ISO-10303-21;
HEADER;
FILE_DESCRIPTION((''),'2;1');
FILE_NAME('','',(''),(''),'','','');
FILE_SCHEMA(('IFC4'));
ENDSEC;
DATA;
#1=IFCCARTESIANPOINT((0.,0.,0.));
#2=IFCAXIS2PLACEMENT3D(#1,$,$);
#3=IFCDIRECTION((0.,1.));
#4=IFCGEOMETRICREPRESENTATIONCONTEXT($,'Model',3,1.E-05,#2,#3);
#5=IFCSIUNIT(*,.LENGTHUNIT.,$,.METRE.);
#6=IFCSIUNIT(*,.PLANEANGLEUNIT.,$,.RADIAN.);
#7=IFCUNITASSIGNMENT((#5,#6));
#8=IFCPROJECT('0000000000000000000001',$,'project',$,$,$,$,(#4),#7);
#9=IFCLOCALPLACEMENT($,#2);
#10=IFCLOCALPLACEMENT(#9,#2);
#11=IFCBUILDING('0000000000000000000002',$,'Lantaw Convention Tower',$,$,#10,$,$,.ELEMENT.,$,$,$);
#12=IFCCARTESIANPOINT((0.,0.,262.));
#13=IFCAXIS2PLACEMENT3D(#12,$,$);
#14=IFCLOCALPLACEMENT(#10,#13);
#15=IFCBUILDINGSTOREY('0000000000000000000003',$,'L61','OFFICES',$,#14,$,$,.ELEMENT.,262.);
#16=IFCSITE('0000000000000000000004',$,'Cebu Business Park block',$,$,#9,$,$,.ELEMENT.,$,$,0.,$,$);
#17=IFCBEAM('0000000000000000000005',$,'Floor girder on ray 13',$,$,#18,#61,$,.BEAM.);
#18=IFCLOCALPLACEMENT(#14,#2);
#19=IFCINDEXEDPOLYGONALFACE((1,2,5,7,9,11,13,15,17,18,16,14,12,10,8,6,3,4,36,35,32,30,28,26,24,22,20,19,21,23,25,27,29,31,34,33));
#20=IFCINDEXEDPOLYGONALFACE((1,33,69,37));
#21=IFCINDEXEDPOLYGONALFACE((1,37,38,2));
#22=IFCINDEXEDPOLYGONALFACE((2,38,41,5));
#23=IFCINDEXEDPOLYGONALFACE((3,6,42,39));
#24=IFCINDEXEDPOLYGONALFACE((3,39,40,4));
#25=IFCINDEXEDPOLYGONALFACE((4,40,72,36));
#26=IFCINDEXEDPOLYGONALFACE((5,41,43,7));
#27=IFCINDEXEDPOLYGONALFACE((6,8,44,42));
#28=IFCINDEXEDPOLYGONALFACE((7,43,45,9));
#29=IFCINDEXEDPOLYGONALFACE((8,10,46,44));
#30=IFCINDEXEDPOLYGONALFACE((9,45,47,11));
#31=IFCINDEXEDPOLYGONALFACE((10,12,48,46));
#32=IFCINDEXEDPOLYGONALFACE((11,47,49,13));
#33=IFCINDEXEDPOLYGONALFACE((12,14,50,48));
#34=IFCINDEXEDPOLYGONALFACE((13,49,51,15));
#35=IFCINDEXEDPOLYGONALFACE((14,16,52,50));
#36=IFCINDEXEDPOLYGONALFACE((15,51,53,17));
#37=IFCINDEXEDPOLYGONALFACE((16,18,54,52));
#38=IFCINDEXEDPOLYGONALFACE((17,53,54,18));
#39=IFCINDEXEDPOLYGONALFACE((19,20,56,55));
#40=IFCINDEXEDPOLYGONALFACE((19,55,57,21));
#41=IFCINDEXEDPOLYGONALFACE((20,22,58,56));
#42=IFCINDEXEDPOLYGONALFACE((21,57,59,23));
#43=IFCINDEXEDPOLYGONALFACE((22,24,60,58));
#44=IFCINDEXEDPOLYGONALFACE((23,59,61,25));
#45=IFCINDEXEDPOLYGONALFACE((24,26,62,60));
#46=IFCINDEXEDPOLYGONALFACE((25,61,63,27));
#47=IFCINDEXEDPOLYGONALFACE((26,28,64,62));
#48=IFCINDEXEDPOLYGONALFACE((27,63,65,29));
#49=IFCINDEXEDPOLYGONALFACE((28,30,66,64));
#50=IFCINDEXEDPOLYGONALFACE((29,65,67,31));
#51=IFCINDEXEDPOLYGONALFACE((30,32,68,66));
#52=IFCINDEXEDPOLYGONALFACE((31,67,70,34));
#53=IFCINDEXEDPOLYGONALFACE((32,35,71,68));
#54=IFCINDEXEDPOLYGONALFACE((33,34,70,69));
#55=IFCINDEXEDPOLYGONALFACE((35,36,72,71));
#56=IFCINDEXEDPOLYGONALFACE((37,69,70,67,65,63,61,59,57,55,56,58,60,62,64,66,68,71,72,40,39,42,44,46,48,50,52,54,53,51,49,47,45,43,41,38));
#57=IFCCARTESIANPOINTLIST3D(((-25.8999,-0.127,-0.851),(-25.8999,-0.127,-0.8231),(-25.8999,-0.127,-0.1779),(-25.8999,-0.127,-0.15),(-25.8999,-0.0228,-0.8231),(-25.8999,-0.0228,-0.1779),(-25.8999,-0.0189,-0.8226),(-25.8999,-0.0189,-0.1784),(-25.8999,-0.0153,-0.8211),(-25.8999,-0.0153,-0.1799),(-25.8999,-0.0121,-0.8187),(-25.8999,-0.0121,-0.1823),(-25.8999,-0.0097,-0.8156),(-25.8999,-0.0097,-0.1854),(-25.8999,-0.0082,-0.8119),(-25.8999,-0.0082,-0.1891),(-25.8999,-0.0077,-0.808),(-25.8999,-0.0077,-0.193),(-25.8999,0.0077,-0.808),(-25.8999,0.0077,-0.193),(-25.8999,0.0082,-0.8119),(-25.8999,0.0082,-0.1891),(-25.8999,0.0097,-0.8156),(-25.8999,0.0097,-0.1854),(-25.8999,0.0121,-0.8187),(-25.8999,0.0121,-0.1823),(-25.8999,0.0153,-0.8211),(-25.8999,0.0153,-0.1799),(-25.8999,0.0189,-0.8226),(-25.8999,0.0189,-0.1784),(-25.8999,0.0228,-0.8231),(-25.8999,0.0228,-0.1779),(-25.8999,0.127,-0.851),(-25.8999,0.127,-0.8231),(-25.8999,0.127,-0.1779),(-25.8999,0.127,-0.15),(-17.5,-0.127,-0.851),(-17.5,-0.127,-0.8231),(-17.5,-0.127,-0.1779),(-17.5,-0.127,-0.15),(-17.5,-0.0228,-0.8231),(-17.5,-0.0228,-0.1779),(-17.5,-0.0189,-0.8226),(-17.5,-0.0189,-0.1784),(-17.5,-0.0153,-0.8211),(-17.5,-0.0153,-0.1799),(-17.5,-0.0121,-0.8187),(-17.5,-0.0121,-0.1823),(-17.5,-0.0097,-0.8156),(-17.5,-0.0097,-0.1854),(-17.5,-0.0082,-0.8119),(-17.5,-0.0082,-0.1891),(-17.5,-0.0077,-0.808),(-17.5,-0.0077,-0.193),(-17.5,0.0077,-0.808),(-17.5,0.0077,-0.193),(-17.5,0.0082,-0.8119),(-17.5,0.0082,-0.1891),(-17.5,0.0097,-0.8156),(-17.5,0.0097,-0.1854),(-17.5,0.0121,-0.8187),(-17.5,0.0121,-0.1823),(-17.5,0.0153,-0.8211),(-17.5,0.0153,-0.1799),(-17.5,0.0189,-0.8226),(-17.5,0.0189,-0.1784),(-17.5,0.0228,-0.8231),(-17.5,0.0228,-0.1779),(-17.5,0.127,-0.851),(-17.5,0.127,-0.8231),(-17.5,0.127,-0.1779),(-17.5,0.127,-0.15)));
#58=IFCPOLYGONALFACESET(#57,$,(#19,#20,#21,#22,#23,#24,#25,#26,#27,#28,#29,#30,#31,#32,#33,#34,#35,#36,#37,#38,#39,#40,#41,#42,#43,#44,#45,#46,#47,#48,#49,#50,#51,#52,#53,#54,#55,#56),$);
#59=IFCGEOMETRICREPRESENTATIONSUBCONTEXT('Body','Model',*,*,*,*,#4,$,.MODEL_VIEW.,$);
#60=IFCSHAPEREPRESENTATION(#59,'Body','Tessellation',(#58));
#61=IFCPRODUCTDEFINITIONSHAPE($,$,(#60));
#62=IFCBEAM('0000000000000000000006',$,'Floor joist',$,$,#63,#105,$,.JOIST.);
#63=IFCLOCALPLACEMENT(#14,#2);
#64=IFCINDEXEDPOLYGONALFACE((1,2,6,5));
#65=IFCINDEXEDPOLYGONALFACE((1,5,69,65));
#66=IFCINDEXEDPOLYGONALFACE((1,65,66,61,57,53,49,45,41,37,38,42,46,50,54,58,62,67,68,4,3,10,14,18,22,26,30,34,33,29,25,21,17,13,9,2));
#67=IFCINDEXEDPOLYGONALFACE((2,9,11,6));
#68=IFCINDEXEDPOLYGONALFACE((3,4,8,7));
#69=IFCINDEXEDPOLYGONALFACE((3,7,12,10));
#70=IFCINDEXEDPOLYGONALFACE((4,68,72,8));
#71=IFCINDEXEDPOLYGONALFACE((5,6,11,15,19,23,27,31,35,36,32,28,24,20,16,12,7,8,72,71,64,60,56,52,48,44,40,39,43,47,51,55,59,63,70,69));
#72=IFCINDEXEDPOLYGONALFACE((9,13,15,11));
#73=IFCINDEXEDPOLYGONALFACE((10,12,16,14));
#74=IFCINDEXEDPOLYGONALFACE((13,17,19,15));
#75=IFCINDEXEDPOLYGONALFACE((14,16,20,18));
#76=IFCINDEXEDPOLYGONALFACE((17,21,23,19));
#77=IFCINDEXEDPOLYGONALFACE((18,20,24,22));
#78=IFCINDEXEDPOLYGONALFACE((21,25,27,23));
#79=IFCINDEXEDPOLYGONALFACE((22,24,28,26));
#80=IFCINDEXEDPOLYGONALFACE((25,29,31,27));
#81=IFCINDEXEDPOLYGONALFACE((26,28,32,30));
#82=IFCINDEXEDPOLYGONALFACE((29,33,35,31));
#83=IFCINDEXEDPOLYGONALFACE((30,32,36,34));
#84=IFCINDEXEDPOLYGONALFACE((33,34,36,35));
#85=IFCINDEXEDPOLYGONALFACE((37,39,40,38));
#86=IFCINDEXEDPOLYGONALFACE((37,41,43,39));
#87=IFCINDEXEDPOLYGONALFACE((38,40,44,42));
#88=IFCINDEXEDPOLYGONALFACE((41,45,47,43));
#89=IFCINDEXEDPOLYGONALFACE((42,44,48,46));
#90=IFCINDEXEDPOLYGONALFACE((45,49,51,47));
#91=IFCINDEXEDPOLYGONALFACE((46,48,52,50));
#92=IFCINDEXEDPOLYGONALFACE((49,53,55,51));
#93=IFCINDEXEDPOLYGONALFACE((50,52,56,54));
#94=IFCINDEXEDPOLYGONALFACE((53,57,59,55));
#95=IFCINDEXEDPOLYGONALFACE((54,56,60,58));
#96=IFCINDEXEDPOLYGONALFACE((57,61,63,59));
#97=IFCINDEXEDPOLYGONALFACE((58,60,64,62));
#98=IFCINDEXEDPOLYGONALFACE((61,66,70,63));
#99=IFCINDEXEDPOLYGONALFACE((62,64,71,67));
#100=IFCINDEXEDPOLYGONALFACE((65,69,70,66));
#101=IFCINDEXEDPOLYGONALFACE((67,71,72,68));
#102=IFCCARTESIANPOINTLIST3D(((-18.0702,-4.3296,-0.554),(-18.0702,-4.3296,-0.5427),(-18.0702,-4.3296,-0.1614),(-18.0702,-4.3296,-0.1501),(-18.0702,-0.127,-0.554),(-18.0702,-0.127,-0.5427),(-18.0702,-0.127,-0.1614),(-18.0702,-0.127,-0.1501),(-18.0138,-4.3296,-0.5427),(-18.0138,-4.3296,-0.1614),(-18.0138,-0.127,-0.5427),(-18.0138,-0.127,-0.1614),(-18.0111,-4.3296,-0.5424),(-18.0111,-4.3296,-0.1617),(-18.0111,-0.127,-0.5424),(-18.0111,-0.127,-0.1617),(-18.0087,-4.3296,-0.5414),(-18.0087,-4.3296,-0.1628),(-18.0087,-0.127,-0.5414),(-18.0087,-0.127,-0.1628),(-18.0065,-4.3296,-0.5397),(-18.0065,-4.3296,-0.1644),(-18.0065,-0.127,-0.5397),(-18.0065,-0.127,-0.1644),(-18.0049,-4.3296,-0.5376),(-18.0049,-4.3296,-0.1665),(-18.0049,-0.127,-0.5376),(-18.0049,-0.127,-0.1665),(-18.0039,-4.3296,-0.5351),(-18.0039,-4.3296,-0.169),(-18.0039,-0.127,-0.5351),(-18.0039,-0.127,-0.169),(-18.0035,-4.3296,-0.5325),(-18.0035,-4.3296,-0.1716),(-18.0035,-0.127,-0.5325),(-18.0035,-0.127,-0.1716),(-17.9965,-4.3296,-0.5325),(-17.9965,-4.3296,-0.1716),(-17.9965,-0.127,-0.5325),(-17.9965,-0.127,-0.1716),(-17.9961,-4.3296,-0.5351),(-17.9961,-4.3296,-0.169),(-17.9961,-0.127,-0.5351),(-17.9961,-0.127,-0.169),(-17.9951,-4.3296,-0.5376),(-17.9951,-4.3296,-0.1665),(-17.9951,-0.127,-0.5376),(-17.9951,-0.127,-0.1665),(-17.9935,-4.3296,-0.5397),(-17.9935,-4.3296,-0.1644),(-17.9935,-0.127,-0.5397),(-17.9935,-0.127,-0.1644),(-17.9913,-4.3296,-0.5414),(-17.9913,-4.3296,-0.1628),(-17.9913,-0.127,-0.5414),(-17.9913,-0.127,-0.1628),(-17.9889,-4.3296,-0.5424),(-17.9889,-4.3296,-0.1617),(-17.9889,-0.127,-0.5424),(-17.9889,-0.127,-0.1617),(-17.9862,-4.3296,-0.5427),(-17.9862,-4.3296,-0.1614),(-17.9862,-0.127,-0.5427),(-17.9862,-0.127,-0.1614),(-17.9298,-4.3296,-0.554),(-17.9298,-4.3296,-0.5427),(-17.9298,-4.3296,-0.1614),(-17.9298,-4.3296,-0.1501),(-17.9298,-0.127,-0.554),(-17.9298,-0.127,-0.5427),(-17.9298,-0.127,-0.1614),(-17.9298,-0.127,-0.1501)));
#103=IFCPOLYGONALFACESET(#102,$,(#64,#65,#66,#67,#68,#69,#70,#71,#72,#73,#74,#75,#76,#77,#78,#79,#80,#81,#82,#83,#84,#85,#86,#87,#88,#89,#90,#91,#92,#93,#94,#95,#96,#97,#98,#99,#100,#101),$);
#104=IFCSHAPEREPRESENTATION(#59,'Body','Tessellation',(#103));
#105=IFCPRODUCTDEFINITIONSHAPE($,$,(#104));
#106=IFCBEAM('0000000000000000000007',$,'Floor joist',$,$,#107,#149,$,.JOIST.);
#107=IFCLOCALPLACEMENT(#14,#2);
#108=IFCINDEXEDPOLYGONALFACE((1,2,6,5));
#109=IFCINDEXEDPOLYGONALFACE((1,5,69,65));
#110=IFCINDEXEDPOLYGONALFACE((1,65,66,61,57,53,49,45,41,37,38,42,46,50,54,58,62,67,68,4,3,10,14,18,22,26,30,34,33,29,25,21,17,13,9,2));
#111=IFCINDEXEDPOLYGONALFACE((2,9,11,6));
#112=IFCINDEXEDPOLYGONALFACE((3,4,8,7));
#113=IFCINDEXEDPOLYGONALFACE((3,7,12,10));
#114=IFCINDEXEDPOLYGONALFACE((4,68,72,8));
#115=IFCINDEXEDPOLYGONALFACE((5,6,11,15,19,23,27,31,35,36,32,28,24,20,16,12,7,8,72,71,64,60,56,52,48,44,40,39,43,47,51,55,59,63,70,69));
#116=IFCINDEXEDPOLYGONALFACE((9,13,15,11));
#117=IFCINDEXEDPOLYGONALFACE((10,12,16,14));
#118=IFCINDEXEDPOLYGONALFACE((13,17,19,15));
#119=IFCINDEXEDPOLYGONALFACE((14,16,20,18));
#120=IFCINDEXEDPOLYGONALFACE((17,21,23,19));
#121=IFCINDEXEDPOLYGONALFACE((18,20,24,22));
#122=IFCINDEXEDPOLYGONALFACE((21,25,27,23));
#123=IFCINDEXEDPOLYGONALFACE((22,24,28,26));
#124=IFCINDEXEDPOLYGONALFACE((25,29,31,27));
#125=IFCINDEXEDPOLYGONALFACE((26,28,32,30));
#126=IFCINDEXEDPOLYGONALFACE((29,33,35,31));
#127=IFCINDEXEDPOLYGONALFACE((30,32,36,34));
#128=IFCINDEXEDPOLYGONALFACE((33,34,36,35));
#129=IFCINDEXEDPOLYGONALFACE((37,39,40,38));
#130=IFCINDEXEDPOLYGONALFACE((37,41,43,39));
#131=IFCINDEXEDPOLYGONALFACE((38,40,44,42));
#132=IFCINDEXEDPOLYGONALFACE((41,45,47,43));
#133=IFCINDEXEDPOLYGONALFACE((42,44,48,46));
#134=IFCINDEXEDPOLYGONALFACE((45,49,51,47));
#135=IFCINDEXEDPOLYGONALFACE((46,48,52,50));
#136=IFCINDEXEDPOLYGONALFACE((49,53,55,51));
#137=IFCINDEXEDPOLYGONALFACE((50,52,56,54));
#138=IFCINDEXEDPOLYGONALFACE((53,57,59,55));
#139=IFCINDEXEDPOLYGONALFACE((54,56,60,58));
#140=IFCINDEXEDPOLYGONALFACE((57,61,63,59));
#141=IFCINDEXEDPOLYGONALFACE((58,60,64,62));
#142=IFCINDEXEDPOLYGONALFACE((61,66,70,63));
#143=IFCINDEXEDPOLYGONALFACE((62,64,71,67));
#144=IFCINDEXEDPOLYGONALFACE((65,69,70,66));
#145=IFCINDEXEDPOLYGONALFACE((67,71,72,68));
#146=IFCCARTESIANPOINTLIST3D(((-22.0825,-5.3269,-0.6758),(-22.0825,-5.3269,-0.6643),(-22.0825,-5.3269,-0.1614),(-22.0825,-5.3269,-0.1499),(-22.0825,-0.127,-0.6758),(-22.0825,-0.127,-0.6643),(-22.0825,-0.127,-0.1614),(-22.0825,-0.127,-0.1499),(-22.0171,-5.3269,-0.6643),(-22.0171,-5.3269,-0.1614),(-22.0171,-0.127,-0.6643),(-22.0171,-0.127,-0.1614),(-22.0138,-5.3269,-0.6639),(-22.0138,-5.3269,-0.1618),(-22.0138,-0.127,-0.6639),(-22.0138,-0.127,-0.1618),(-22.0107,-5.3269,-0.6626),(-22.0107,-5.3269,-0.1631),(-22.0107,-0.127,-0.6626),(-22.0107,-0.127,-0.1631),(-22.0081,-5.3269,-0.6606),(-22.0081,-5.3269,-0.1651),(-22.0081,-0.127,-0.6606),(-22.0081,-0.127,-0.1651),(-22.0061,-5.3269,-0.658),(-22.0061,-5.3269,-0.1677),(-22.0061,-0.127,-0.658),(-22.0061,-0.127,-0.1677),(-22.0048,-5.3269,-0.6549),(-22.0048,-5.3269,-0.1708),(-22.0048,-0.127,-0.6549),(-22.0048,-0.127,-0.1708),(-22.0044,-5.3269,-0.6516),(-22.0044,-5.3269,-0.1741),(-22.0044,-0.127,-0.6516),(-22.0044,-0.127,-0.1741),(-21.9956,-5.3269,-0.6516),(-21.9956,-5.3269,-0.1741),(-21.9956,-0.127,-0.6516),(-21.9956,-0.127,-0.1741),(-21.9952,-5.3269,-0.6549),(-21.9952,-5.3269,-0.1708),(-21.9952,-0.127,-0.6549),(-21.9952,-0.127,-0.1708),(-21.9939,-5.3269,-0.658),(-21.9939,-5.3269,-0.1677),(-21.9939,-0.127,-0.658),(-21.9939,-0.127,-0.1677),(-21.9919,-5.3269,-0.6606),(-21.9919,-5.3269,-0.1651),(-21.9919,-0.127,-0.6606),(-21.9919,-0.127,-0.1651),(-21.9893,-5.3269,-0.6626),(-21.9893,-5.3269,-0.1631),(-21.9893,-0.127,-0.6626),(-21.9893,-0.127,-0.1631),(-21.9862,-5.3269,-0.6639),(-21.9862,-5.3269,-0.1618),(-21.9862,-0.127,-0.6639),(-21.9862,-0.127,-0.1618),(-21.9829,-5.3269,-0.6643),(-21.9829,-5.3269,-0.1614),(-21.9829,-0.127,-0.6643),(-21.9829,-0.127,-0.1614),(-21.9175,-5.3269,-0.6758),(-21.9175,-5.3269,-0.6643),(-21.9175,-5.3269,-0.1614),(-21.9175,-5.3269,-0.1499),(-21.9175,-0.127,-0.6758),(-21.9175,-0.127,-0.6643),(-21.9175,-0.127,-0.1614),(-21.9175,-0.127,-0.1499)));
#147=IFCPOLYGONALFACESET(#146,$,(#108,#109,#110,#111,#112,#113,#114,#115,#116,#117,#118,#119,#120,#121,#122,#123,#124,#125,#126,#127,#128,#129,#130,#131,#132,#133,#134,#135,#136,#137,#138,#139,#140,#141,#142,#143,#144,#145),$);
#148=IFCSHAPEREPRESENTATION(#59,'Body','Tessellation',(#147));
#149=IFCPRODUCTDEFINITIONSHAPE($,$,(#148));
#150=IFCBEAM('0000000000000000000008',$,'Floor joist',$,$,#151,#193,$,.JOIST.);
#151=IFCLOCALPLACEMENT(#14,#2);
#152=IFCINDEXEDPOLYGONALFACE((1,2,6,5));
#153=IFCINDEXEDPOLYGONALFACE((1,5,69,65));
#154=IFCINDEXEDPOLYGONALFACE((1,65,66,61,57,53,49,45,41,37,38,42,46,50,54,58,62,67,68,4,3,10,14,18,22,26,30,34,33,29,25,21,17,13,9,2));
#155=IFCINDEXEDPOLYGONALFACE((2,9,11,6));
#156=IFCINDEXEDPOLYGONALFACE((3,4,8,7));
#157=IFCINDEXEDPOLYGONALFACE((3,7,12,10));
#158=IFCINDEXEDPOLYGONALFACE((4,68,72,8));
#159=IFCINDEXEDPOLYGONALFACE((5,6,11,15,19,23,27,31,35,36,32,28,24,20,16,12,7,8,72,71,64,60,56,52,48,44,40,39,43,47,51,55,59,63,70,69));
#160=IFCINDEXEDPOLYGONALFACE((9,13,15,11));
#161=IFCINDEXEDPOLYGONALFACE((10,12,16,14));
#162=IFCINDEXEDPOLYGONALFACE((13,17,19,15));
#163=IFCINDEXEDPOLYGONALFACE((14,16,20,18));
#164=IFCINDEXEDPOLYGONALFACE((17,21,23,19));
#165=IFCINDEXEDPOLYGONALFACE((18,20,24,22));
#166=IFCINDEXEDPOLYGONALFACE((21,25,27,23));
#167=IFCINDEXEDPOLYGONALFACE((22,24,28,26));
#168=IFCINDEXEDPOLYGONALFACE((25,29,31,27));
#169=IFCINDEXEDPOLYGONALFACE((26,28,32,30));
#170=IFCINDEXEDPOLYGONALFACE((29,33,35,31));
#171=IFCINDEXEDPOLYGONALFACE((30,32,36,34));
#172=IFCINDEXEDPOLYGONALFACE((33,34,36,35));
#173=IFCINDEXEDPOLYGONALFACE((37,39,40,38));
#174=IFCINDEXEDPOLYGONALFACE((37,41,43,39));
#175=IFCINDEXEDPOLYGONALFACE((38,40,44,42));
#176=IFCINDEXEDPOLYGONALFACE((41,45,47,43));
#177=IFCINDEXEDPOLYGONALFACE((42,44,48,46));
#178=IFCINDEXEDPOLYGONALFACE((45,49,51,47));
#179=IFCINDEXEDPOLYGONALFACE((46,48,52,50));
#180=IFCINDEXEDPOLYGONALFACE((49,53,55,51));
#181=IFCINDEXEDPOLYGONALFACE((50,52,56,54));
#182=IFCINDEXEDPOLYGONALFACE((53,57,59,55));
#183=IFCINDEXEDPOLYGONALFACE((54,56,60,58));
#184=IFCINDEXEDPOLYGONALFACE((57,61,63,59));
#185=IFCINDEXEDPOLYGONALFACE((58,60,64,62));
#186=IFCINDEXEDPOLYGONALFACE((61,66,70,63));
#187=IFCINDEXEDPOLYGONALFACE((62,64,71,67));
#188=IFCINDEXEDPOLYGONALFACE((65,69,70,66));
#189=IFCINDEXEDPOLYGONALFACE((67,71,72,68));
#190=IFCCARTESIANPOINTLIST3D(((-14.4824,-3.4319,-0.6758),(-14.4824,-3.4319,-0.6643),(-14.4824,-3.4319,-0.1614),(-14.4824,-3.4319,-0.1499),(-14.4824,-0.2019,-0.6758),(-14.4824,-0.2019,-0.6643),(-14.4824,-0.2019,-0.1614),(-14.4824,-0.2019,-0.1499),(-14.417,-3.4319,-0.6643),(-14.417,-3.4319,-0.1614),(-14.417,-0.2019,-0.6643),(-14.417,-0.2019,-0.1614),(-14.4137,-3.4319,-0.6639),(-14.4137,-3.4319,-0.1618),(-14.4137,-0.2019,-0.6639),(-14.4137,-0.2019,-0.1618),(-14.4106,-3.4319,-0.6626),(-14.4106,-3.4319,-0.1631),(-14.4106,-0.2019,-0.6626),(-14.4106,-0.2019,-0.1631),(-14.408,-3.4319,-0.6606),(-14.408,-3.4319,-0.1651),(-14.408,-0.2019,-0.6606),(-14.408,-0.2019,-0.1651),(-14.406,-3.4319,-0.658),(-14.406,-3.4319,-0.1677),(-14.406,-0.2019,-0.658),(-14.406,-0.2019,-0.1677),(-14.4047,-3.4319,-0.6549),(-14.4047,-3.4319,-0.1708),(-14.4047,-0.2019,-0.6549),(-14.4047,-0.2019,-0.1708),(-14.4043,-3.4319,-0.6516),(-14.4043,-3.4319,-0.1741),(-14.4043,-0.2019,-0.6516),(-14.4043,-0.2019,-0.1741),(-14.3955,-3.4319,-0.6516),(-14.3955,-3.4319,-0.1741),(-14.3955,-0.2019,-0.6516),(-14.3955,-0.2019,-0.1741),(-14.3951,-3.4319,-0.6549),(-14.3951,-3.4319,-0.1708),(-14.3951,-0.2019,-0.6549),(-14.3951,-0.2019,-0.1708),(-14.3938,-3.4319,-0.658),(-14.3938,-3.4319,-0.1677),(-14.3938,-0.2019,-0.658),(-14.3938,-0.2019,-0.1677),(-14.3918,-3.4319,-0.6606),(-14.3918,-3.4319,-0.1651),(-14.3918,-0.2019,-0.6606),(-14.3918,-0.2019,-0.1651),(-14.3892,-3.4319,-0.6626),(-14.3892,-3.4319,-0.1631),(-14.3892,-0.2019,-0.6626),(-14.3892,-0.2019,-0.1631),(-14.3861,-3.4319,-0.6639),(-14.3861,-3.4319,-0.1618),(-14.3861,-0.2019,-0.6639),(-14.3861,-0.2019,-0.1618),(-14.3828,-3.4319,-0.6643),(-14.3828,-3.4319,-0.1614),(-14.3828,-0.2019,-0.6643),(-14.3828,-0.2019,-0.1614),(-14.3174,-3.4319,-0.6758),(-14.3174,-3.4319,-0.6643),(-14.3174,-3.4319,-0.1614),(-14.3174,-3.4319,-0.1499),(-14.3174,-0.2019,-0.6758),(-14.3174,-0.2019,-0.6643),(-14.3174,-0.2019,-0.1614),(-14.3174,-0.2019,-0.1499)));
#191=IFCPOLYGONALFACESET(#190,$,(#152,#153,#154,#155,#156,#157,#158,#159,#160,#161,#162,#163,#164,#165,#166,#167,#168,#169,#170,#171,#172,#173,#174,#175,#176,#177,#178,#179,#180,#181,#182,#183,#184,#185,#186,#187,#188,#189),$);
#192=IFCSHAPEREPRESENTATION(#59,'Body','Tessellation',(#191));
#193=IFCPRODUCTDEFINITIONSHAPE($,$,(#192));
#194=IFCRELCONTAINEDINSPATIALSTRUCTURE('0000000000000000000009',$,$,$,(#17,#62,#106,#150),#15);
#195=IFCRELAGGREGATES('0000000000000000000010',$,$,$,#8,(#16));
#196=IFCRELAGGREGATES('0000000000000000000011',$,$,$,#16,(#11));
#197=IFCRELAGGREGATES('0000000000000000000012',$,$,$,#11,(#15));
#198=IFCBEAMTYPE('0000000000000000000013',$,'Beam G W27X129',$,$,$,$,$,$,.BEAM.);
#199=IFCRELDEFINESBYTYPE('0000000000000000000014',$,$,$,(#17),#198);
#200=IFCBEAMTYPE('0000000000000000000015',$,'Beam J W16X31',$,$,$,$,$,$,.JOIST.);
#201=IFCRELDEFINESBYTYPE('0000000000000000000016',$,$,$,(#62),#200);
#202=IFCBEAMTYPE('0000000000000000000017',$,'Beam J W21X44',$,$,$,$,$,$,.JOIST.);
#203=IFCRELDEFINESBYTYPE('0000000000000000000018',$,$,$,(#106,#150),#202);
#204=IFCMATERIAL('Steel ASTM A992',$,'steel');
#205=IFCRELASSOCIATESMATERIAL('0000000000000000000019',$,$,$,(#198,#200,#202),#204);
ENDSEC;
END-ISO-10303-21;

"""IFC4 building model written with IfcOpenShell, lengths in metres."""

from ifc_helpers import new_model, si_unit, direction, frame, origin, origin_2d, place, context, subcontext, project, spatial, i_section, extrude, material, material_profile, profile_set, type_object, element, save


model = new_model("IFC4")

# Units and contexts
model_context = context("Model", 3, precision=1e-05, world=origin(), true_north=direction((0.0, 1.0)))
body_context = subcontext(model_context, "Body", "Model", "MODEL_VIEW")
ifc_project = project(units=[si_unit("LENGTHUNIT", "METRE"), si_unit("PLANEANGLEUNIT", "RADIAN")], contexts=[model_context])

# Site, building, storey
site_placement = place(None, origin())
site = spatial("IfcSite", under=ifc_project, at=site_placement, Name="Cebu Business Park block", CompositionType="ELEMENT", RefElevation=0.0)
building_placement = place(site_placement, origin())
building = spatial("IfcBuilding", under=site, at=building_placement, Name="Lantaw Convention Tower", CompositionType="ELEMENT")
storey_placement = place(building_placement, frame((0.0, 0.0, 262.0)))
storey = spatial("IfcBuildingStorey", under=building, at=storey_placement, Name="L61", Description="OFFICES", CompositionType="ELEMENT", Elevation=262.0)

# Beams
ifc_material_1 = material(Name="Steel ASTM A992", Category="steel")
ifc_material_profile_1 = material_profile(ifc_material_1, i_section(OverallWidth=0.2539, OverallDepth=0.7009, WebThickness=0.0154, FlangeThickness=0.0278, FilletRadius=0.0151, at=origin_2d()), Name="W27X129")
ifc_profile_set_1 = profile_set([ifc_material_profile_1], Name="Steel ASTM A992")
beam_type_1 = type_object("IfcBeamType", Name="Beam G W27X129", PredefinedType="BEAM", material=ifc_profile_set_1)
beam_1_placement = place(storey_placement, frame((-17.5, 0.0, -0.5005), z_axis=(-1.0, 0.0, 0.0), x_axis=(0.0, -1.0, 0.0)))
element("IfcBeam", 1, at=beam_1_placement, inside=storey, type_object=beam_type_1, Name="Floor girder on ray 13", PredefinedType="BEAM", context=body_context, shape_type="SweptSolid", body=[
    extrude(i_section(OverallWidth=0.2539, OverallDepth=0.7009, WebThickness=0.0154, FlangeThickness=0.0278, FilletRadius=0.0151, at=origin_2d()), origin(), (0.0, 0.0, 1.0), 8.3999),
])
ifc_material_profile_2 = material_profile(ifc_material_1, i_section(OverallWidth=0.1404, OverallDepth=0.4038, WebThickness=0.0071, FlangeThickness=0.0112, FilletRadius=0.0103, at=origin_2d()), Name="W16X31")
ifc_profile_set_2 = profile_set([ifc_material_profile_2], Name="Steel ASTM A992")
beam_type_2 = type_object("IfcBeamType", Name="Beam J W16X31", PredefinedType="JOIST", material=ifc_profile_set_2)
beam_2_placement = place(storey_placement, frame((-18.0, -4.3296, -0.3521), z_axis=(0.0, 1.0, 0.0), x_axis=(-1.0, 0.0, 0.0)))
element("IfcBeam", 2, at=beam_2_placement, inside=storey, type_object=beam_type_2, Name="Floor joist", PredefinedType="JOIST", context=body_context, shape_type="SweptSolid", body=[
    extrude(i_section(OverallWidth=0.1404, OverallDepth=0.4038, WebThickness=0.0071, FlangeThickness=0.0112, FilletRadius=0.0103, at=origin_2d()), origin(), (0.0, 0.0, 1.0), 4.2026),
])
ifc_material_profile_3 = material_profile(ifc_material_1, i_section(OverallWidth=0.165, OverallDepth=0.5259, WebThickness=0.0088, FlangeThickness=0.0115, FilletRadius=0.0127, at=origin_2d()), Name="W21X44")
ifc_profile_set_3 = profile_set([ifc_material_profile_3], Name="Steel ASTM A992")
beam_type_3 = type_object("IfcBeamType", Name="Beam J W21X44", PredefinedType="JOIST", material=ifc_profile_set_3)
beam_3_placement = place(storey_placement, frame((-22.0, -5.3269, -0.4128), z_axis=(0.0, 1.0, 0.0), x_axis=(-1.0, 0.0, 0.0)))
element("IfcBeam", 3, at=beam_3_placement, inside=storey, type_object=beam_type_3, Name="Floor joist", PredefinedType="JOIST", context=body_context, shape_type="SweptSolid", body=[
    extrude(i_section(OverallWidth=0.165, OverallDepth=0.5259, WebThickness=0.0088, FlangeThickness=0.0115, FilletRadius=0.0127, at=origin_2d()), origin(), (0.0, 0.0, 1.0), 5.2),
])
beam_4_placement = place(storey_placement, frame((-14.3999, -3.4319, -0.4128), z_axis=(0.0, 1.0, 0.0), x_axis=(-1.0, 0.0, 0.0)))
element("IfcBeam", 4, at=beam_4_placement, inside=storey, type_object=beam_type_3, Name="Floor joist", PredefinedType="JOIST", context=body_context, shape_type="SweptSolid", body=[
    extrude(i_section(OverallWidth=0.165, OverallDepth=0.5259, WebThickness=0.0088, FlangeThickness=0.0115, FilletRadius=0.0127, at=origin_2d()), origin(), (0.0, 0.0, 1.0), 3.23),
])

save(model, "model.ifc")
